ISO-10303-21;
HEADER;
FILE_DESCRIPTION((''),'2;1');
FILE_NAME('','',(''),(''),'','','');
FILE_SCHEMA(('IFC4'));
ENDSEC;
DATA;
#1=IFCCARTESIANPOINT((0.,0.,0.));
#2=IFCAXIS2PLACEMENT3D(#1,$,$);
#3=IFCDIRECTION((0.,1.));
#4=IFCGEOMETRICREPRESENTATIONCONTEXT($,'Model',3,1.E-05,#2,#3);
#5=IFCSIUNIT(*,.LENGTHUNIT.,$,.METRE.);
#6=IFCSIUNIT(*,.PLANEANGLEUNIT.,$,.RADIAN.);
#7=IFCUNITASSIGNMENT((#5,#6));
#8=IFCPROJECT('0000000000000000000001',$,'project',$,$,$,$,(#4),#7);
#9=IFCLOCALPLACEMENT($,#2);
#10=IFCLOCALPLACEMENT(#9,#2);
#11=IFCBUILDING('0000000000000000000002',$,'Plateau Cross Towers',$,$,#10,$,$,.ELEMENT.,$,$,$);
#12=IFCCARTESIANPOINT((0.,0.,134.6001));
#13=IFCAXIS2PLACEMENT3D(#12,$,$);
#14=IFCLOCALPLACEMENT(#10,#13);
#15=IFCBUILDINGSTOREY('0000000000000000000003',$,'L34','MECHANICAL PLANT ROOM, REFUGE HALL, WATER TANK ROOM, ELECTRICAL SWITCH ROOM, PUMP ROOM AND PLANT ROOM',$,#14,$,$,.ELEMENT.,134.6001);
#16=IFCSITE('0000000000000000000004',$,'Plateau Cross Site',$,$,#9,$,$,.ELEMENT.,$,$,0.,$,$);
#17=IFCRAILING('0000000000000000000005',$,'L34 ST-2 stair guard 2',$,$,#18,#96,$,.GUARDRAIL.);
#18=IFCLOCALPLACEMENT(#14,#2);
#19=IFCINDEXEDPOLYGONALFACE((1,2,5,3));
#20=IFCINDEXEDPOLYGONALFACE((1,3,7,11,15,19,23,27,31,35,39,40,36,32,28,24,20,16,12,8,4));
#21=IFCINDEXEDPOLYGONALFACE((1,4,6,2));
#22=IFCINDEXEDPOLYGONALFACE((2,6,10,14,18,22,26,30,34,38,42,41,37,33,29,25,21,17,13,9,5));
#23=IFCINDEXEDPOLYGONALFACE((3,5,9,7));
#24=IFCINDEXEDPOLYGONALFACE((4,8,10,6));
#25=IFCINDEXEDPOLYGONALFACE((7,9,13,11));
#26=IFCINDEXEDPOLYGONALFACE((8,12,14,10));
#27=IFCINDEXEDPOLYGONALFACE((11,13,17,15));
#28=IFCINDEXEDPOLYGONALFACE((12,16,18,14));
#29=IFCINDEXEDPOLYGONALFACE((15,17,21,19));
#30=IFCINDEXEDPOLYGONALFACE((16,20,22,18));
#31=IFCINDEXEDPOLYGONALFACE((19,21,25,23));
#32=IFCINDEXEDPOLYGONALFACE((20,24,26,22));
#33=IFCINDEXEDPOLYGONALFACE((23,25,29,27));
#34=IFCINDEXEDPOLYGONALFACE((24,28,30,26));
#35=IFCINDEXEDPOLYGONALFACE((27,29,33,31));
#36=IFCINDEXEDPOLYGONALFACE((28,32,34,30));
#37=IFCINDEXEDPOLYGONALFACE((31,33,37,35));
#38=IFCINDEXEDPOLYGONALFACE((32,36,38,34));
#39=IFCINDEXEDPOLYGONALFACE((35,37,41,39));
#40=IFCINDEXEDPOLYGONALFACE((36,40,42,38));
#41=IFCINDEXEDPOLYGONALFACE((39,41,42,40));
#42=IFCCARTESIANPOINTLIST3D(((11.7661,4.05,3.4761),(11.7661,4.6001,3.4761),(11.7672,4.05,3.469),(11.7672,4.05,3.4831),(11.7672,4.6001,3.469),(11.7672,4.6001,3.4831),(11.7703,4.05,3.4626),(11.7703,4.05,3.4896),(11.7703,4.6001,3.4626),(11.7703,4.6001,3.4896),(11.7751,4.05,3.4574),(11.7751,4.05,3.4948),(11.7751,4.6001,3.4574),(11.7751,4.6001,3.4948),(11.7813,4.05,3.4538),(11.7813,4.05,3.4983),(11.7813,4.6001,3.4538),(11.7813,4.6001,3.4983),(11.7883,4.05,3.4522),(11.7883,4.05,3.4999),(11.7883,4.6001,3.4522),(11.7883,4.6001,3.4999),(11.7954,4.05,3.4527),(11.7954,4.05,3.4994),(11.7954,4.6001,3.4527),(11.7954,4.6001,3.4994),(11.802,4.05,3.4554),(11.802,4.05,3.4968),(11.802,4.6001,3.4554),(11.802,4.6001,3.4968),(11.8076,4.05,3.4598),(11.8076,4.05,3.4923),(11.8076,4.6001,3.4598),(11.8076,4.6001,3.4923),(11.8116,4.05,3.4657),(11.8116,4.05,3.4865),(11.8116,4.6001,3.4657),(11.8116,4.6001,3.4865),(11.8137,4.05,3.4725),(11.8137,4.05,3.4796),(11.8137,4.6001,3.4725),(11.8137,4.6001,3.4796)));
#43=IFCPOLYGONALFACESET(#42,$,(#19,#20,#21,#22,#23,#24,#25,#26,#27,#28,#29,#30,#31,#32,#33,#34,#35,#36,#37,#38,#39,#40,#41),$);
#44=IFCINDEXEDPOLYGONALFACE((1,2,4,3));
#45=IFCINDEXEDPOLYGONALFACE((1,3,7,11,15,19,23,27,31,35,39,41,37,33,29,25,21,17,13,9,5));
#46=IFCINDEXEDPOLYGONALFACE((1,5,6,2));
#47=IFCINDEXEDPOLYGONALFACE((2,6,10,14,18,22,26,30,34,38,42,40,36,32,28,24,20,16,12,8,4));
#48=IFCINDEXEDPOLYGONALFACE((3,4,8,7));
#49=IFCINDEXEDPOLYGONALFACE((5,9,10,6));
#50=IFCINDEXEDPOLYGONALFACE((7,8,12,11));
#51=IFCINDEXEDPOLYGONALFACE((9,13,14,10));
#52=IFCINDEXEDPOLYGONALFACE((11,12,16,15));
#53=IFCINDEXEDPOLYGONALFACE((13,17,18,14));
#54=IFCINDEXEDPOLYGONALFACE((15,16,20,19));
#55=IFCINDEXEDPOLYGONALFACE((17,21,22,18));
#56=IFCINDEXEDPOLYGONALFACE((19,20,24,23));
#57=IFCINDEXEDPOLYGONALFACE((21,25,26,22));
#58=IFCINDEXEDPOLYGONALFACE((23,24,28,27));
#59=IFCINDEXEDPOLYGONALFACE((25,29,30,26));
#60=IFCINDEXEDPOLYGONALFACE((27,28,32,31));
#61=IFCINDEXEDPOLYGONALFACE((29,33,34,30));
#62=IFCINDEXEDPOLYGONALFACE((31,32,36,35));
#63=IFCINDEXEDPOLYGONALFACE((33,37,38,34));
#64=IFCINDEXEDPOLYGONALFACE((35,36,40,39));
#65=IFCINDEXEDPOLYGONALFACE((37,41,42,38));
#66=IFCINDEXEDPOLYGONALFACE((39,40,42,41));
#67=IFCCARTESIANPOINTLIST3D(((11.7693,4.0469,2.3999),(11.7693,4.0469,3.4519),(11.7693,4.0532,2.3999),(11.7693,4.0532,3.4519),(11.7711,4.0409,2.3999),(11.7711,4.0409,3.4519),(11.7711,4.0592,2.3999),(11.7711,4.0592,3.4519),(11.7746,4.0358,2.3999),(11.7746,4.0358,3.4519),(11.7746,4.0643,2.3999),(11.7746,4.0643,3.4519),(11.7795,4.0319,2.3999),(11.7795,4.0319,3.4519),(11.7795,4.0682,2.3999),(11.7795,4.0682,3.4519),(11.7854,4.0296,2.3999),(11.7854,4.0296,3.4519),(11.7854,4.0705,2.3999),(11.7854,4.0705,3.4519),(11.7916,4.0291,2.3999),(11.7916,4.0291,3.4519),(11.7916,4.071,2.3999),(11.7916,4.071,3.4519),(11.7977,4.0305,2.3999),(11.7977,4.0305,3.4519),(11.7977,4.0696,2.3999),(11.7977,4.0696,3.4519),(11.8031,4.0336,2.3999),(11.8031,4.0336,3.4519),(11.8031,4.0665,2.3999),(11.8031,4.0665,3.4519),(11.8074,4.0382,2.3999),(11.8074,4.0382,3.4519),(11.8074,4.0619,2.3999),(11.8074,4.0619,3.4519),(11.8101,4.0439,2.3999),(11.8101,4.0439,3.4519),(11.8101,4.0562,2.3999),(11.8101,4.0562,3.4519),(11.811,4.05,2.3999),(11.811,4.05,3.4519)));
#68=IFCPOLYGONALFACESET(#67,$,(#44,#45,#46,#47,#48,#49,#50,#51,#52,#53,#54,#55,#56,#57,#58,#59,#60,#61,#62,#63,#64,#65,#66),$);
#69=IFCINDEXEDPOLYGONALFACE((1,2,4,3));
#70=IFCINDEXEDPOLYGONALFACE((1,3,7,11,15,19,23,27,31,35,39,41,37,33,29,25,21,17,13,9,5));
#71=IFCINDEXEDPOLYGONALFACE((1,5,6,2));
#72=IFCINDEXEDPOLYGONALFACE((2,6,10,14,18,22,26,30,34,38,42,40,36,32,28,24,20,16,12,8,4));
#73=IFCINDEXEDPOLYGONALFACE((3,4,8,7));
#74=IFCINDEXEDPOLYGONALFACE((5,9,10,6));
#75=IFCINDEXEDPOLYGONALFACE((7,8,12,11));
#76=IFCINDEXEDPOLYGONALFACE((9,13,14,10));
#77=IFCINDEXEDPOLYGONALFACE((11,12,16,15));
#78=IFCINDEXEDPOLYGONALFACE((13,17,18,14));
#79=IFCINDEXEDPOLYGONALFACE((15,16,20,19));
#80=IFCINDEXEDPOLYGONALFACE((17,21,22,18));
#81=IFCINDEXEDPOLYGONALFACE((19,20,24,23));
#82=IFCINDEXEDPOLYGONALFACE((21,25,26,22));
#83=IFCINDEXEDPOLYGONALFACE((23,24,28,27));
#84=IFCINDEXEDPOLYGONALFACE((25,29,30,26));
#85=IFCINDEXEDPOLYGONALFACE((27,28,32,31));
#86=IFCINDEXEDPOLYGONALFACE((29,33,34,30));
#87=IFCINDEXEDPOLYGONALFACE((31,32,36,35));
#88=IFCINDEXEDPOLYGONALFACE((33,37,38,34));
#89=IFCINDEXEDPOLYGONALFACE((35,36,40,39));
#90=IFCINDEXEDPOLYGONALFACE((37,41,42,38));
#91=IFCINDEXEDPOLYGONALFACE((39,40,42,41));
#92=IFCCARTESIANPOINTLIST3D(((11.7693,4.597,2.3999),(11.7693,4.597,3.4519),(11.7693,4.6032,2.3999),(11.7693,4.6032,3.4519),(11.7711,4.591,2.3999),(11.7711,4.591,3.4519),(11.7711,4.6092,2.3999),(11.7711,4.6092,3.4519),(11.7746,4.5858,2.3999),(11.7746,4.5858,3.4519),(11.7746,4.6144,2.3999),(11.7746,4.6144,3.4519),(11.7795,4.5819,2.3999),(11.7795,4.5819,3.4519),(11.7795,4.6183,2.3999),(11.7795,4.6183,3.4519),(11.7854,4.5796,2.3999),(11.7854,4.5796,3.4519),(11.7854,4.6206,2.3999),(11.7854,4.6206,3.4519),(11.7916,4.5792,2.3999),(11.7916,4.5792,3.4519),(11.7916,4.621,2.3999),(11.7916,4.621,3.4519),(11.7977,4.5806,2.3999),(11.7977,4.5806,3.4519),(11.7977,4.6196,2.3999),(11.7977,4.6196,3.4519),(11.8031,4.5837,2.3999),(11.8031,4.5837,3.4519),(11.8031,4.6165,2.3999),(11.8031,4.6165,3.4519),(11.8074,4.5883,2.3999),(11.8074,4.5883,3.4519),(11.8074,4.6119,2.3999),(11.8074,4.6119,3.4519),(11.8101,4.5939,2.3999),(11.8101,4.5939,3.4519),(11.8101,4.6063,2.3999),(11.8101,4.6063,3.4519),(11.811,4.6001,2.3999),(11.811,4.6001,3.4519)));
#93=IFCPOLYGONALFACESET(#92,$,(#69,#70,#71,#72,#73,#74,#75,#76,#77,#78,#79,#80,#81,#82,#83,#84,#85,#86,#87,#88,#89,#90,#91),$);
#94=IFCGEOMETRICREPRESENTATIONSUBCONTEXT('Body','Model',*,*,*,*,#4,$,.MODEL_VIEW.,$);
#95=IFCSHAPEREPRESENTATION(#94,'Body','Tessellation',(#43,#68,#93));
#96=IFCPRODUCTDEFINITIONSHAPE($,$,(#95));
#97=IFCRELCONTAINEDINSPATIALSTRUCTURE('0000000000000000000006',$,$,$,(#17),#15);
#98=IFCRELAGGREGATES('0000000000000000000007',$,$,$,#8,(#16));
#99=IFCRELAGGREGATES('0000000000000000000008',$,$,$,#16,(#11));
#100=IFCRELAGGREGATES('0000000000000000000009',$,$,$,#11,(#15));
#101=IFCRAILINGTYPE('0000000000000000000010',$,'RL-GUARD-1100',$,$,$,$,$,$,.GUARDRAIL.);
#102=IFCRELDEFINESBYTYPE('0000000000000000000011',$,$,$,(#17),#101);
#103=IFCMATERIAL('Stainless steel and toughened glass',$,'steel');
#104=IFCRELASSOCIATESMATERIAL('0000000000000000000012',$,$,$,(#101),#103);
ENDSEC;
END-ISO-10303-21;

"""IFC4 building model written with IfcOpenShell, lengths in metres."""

from ifc_helpers import new_model, si_unit, direction, frame, origin, origin_2d, place, context, subcontext, project, spatial, circle, extrude, material, type_object, element, save


model = new_model("IFC4")

# Units and contexts
model_context = context("Model", 3, precision=1e-05, world=origin(), true_north=direction((0.0, 1.0)))
body_context = subcontext(model_context, "Body", "Model", "MODEL_VIEW")
ifc_project = project(units=[si_unit("LENGTHUNIT", "METRE"), si_unit("PLANEANGLEUNIT", "RADIAN")], contexts=[model_context])

# Site, building, storey
site_placement = place(None, origin())
site = spatial("IfcSite", under=ifc_project, at=site_placement, Name="Plateau Cross Site", CompositionType="ELEMENT", RefElevation=0.0)
building_placement = place(site_placement, origin())
building = spatial("IfcBuilding", under=site, at=building_placement, Name="Plateau Cross Towers", CompositionType="ELEMENT")
storey_placement = place(building_placement, frame((0.0, 0.0, 134.6001)))
storey = spatial("IfcBuildingStorey", under=building, at=storey_placement, Name="L34", Description="MECHANICAL PLANT ROOM, REFUGE HALL, WATER TANK ROOM, ELECTRICAL SWITCH ROOM, PUMP ROOM AND PLANT ROOM", CompositionType="ELEMENT", Elevation=134.6001)

# Railing
ifc_material_1 = material(Name="Stainless steel and toughened glass", Category="steel")
railing_type_1 = type_object("IfcRailingType", Name="RL-GUARD-1100", PredefinedType="GUARDRAIL", material=ifc_material_1)
railing_1_placement = place(storey_placement, frame((11.79, 4.05, 2.3999)))
element("IfcRailing", 1, at=railing_1_placement, inside=storey, type_object=railing_type_1, Name="L34 ST-2 stair guard 2", PredefinedType="GUARDRAIL", context=body_context, shape_type="SweptSolid", body=[
    extrude(circle(Radius=0.0239, at=origin_2d()), frame((0.0, 0.0, 1.0762), z_axis=(0.0, 1.0, 0.0), x_axis=(-1.0, 0.0, 0.0)), (0.0, 0.0, 1.0), 0.55),
    extrude(circle(Radius=0.021, at=origin_2d()), origin(), (0.0, 0.0, 1.0), 1.052),
    extrude(circle(Radius=0.021, at=origin_2d()), frame((0.0, 0.55, 0.0)), (0.0, 0.0, 1.0), 1.052),
])

save(model, "model.ifc")
